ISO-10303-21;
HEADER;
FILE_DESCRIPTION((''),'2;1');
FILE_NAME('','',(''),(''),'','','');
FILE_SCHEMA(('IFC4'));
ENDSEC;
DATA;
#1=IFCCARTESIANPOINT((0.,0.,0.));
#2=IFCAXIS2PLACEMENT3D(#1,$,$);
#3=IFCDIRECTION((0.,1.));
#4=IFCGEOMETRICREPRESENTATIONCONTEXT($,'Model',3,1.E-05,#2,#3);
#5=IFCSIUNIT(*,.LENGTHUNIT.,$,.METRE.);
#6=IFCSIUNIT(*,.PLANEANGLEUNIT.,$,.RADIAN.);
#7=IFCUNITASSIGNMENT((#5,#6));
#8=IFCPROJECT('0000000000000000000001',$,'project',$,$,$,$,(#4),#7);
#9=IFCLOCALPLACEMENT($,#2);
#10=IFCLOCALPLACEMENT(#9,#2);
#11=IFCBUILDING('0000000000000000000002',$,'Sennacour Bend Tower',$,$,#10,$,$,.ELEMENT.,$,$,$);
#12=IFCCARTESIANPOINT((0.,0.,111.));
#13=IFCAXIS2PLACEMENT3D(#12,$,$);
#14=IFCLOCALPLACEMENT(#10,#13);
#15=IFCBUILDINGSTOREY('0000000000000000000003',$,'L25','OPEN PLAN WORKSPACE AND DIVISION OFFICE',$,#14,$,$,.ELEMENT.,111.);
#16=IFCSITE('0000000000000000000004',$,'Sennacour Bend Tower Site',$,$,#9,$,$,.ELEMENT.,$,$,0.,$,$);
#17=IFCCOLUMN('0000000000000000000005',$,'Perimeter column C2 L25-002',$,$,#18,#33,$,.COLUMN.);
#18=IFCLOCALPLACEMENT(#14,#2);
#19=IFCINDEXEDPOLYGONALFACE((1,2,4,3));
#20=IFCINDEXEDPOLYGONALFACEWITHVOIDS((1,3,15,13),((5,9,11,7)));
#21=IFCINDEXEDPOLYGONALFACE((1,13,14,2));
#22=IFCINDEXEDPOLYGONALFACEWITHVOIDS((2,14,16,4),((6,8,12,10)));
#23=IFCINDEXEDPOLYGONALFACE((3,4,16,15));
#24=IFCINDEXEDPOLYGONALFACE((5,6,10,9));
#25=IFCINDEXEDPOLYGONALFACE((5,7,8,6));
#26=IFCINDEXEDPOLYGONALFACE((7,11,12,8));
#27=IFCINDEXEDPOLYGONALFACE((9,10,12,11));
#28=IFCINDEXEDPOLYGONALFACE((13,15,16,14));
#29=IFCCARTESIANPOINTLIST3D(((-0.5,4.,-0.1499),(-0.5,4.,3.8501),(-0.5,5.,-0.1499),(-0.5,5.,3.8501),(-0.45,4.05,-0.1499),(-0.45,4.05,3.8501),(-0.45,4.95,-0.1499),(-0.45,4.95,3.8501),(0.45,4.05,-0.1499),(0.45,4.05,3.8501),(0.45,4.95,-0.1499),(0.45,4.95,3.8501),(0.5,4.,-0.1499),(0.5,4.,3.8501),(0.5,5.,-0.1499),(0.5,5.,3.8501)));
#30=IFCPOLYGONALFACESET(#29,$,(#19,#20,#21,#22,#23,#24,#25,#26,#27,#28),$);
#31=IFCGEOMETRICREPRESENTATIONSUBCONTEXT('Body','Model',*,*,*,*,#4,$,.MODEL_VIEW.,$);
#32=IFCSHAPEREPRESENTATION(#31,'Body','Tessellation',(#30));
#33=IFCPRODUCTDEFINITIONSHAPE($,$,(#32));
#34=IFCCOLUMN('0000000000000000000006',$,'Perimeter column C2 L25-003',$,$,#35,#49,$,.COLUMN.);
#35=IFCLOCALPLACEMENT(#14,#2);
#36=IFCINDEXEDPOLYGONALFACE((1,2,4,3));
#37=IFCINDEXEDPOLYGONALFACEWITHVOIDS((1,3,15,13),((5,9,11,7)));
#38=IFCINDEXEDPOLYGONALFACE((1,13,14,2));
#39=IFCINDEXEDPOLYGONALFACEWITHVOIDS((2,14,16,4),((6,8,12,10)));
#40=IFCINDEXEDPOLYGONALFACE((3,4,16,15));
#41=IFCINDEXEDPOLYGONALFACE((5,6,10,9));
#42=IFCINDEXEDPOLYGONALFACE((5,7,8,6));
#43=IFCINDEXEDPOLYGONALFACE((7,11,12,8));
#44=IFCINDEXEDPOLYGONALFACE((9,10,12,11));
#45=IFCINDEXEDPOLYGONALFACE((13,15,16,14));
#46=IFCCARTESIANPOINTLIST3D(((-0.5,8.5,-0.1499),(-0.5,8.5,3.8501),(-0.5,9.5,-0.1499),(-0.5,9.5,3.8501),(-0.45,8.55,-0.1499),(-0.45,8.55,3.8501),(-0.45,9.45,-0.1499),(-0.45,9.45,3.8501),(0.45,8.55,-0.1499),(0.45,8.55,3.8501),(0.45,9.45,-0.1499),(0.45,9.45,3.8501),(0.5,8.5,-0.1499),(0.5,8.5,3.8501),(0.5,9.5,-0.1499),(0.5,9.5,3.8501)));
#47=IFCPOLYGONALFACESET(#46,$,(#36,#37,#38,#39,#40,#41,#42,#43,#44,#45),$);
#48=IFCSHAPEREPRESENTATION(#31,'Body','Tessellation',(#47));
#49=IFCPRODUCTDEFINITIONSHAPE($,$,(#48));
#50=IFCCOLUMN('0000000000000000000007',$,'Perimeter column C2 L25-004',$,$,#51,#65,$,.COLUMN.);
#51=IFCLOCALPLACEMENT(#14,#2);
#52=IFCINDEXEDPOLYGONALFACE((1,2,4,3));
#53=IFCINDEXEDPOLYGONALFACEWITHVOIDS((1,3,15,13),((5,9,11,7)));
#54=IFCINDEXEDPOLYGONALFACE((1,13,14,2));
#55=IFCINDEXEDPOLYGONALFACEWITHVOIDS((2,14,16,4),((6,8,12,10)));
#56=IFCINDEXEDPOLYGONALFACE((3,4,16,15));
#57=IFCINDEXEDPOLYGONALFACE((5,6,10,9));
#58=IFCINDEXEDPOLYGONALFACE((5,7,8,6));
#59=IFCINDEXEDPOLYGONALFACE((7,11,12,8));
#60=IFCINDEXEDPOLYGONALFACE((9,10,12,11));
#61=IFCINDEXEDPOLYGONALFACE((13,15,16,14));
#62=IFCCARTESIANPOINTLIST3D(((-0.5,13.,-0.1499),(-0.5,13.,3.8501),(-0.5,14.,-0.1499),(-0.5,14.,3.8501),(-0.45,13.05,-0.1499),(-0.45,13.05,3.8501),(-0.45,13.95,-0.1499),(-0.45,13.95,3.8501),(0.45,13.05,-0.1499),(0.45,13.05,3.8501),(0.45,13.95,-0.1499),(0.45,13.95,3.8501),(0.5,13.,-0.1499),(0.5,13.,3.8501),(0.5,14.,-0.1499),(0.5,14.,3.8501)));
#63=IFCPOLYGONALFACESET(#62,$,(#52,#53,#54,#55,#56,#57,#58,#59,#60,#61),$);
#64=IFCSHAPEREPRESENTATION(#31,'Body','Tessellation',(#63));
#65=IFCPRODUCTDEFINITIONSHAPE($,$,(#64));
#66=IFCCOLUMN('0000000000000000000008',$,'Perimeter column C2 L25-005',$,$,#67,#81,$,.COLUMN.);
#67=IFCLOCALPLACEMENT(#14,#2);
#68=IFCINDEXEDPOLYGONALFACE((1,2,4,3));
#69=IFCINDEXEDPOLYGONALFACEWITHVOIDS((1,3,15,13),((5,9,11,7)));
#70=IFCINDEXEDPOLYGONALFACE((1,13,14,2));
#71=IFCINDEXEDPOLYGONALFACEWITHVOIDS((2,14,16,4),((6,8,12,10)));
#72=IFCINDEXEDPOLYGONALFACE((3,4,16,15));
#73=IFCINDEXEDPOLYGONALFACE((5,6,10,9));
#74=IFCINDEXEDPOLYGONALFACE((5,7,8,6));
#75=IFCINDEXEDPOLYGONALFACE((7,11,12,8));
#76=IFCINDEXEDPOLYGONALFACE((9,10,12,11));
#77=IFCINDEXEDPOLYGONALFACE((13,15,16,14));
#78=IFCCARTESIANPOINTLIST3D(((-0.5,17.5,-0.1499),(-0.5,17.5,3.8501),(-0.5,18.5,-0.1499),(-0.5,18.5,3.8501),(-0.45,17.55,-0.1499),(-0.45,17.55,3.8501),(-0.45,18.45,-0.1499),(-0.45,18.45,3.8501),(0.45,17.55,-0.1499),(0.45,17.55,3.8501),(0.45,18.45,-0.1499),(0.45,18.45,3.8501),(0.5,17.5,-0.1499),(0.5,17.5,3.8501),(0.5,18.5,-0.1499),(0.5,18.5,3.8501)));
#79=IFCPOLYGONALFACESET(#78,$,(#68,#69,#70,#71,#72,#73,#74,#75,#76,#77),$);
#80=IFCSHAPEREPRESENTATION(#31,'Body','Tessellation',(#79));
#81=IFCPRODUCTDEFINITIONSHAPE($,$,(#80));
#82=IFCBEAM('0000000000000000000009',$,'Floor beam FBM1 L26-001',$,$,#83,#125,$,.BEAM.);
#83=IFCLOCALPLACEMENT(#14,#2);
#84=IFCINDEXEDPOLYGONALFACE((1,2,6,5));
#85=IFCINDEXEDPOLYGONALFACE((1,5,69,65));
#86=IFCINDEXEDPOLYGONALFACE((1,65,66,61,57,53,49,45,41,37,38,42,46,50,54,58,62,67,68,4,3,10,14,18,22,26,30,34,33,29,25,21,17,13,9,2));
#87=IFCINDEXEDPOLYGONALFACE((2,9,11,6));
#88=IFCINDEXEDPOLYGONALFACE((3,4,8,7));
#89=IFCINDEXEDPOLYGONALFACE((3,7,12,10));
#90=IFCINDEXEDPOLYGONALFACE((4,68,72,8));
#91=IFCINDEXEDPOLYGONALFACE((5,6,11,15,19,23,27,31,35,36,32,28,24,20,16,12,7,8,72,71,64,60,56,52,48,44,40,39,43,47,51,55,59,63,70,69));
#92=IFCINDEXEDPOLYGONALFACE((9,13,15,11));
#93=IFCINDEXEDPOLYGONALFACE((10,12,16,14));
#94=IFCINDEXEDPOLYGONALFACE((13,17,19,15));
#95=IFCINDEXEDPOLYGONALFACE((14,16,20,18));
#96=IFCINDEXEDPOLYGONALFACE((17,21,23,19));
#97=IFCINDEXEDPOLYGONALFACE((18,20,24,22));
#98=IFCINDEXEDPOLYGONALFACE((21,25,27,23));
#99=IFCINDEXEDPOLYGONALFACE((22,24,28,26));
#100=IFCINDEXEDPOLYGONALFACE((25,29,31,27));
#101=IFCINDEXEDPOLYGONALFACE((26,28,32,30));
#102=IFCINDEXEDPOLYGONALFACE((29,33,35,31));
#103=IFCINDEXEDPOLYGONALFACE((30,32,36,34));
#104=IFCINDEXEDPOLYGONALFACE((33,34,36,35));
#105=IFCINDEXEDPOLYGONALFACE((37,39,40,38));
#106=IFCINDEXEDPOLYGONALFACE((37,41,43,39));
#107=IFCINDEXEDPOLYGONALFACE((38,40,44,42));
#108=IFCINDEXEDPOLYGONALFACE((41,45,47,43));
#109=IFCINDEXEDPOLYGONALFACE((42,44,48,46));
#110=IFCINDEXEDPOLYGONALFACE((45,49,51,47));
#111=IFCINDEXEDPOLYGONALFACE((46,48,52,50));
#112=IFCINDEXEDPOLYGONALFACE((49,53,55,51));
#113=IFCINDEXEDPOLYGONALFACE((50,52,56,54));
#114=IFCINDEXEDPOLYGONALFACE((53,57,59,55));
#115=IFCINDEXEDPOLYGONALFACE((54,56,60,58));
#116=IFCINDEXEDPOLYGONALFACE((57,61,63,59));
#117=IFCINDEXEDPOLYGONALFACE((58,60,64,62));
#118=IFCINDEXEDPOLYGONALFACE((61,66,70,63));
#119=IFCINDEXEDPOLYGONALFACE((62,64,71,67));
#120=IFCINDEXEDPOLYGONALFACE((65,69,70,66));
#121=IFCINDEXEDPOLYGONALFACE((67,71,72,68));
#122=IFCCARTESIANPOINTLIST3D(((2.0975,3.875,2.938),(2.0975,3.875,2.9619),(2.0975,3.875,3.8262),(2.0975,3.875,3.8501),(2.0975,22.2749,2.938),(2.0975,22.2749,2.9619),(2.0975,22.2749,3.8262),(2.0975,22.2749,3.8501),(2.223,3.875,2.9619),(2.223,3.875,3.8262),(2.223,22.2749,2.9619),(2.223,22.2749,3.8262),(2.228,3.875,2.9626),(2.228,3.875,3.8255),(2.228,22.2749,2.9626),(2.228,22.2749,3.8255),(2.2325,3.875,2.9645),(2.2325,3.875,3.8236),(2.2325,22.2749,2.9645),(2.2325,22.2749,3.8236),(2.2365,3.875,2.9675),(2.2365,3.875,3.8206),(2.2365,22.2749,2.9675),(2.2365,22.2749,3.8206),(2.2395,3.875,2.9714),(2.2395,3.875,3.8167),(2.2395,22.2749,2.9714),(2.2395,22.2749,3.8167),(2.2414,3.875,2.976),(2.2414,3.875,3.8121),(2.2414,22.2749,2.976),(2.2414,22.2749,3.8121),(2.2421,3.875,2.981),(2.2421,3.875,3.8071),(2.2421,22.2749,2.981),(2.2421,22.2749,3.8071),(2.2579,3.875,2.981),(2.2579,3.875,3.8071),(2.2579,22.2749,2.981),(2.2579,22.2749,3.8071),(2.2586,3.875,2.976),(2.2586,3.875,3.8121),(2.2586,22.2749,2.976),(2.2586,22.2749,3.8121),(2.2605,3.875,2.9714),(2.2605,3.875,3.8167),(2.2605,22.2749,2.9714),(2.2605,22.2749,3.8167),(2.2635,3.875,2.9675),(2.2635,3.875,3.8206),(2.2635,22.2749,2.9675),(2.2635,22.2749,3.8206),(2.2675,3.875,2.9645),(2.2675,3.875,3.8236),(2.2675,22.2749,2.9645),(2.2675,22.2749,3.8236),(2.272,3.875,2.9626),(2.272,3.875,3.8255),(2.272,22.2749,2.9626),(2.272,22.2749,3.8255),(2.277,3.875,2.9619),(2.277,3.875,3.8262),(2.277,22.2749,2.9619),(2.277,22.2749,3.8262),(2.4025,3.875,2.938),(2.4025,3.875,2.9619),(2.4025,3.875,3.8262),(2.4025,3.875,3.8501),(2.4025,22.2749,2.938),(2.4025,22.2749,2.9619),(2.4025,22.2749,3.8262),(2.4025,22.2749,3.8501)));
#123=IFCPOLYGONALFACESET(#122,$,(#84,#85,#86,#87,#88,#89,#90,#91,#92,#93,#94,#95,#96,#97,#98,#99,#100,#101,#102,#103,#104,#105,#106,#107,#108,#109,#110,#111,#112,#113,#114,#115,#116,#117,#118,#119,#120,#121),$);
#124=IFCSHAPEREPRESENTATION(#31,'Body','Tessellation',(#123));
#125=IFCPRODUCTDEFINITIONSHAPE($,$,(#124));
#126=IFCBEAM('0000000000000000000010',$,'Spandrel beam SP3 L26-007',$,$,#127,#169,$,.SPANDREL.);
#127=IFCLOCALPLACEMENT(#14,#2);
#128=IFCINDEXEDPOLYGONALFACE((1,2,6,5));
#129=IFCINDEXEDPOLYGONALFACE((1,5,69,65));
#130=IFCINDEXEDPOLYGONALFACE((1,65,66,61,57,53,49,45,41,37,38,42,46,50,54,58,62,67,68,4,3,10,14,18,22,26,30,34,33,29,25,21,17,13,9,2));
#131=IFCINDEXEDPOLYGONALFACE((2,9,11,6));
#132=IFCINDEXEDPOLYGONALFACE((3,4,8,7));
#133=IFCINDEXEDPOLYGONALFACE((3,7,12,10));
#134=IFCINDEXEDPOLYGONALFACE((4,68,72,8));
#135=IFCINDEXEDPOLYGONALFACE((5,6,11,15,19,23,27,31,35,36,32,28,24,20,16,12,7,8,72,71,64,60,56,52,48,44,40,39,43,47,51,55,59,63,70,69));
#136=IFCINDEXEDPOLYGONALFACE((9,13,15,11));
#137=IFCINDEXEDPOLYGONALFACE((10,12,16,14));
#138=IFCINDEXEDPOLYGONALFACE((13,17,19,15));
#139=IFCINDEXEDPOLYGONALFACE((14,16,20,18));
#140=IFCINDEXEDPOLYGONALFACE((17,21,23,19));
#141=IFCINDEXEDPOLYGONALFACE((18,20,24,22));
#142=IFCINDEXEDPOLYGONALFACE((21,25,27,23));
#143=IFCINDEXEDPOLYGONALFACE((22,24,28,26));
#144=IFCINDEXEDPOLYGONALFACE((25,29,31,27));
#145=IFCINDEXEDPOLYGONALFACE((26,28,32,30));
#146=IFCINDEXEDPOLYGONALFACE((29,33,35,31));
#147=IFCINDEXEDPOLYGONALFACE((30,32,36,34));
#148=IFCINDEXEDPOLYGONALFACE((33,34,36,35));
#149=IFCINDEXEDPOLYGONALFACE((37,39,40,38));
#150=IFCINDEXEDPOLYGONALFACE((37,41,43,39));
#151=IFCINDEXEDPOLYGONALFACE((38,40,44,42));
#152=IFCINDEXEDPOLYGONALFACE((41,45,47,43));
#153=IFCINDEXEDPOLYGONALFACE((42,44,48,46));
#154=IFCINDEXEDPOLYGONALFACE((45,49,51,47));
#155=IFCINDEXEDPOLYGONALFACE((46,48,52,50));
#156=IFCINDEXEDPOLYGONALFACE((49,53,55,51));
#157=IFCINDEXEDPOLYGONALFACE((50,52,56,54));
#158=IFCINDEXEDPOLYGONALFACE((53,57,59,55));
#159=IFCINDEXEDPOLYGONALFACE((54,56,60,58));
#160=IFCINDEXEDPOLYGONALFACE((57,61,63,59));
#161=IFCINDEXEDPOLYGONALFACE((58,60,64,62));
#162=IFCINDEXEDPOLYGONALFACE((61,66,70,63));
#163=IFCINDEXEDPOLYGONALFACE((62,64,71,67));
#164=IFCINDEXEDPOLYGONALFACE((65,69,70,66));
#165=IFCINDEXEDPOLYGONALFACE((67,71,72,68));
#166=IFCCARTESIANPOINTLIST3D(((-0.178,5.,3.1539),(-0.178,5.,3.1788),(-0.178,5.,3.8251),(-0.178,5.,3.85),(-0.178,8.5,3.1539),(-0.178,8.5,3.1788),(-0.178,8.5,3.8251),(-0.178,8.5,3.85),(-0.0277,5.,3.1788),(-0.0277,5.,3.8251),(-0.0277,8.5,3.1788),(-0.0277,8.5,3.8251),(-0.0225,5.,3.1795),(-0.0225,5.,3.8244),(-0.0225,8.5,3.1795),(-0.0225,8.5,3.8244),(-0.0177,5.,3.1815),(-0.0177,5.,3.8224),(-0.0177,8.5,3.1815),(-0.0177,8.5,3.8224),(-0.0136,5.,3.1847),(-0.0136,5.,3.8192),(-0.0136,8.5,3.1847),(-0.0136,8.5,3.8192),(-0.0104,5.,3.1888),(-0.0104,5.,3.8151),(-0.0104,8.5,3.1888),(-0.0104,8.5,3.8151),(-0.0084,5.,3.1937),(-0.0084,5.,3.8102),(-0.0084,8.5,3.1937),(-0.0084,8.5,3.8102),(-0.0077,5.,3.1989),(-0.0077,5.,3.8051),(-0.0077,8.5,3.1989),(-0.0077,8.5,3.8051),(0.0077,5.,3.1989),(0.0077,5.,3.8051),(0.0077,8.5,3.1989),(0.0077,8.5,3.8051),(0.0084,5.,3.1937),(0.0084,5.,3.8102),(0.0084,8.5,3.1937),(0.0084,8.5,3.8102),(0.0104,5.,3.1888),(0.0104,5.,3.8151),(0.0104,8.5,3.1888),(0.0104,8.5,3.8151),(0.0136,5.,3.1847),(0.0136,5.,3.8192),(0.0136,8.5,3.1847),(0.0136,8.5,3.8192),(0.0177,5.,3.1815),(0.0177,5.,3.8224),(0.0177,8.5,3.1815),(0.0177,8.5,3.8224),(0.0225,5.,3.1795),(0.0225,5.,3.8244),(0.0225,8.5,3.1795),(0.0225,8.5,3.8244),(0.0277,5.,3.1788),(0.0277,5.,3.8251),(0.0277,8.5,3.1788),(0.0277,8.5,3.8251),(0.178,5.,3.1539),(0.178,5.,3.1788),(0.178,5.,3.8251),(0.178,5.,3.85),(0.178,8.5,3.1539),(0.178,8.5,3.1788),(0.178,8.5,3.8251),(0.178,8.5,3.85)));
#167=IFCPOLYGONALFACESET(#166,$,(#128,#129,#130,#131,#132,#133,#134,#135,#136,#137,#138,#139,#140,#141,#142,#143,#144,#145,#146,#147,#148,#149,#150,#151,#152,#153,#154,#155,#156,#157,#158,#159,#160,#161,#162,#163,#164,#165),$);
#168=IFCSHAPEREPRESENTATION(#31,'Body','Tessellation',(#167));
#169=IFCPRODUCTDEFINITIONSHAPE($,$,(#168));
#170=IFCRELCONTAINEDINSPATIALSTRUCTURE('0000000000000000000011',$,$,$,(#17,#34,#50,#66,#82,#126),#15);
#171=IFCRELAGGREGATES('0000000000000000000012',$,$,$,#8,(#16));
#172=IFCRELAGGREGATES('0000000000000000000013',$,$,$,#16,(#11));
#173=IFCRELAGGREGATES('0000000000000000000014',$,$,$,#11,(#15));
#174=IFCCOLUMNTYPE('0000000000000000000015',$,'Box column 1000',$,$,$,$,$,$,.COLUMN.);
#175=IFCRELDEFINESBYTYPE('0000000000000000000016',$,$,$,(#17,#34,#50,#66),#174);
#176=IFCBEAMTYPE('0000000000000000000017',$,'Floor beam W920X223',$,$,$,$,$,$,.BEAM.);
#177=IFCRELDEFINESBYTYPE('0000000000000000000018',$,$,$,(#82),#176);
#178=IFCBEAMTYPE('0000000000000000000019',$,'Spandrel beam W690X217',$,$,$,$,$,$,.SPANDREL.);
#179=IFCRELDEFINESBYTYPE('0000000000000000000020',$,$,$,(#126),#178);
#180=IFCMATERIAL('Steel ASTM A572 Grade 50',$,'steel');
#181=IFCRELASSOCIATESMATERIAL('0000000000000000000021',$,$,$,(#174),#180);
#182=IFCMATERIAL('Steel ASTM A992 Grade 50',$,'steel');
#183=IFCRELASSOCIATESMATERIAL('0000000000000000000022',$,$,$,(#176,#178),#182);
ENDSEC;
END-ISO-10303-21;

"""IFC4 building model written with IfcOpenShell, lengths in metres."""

from ifc_helpers import new_model, si_unit, direction, frame, origin, origin_2d, place, context, subcontext, project, spatial, hollow_rectangle, i_section, extrude, material, material_profile, profile_set, type_object, element, save


model = new_model("IFC4")

# Units and contexts
model_context = context("Model", 3, precision=1e-05, world=origin(), true_north=direction((0.0, 1.0)))
body_context = subcontext(model_context, "Body", "Model", "MODEL_VIEW")
ifc_project = project(units=[si_unit("LENGTHUNIT", "METRE"), si_unit("PLANEANGLEUNIT", "RADIAN")], contexts=[model_context])

# Site, building, storey
site_placement = place(None, origin())
site = spatial("IfcSite", under=ifc_project, at=site_placement, Name="Sennacour Bend Tower Site", CompositionType="ELEMENT", RefElevation=0.0)
building_placement = place(site_placement, origin())
building = spatial("IfcBuilding", under=site, at=building_placement, Name="Sennacour Bend Tower", CompositionType="ELEMENT")
storey_placement = place(building_placement, frame((0.0, 0.0, 111.0)))
storey = spatial("IfcBuildingStorey", under=building, at=storey_placement, Name="L25", Description="OPEN PLAN WORKSPACE AND DIVISION OFFICE", CompositionType="ELEMENT", Elevation=111.0)

# Columns
ifc_material_1 = material(Name="Steel ASTM A572 Grade 50", Category="steel")
ifc_material_profile_1 = material_profile(ifc_material_1, hollow_rectangle(XDim=1.0, YDim=1.0, WallThickness=0.05, at=origin_2d()), Name="Steel ASTM A572 Grade 50", Category="steel")
ifc_profile_set_1 = profile_set([ifc_material_profile_1], Name="Steel ASTM A572 Grade 50")
column_type = type_object("IfcColumnType", Name="Box column 1000", PredefinedType="COLUMN", material=ifc_profile_set_1)
for number, where, z_axis, x_axis, name in (
    (1, (0.0, 4.5, -0.1499), (0.0, 0.0, 1.0), (1.0, 0.0, 0.0), "Perimeter column C2 L25-002"),
    (2, (0.0, 9.0, -0.1499), (0.0, 0.0, 1.0), (1.0, 0.0, 0.0), "Perimeter column C2 L25-003"),
    (3, (0.0, 13.5, -0.1499), (0.0, 0.0, 1.0), (1.0, 0.0, 0.0), "Perimeter column C2 L25-004"),
    (4, (0.0, 18.0, -0.1499), (0.0, 0.0, 1.0), (1.0, 0.0, 0.0), "Perimeter column C2 L25-005"),
):
    element("IfcColumn", number, at=place(storey_placement, frame(where, z_axis=z_axis, x_axis=x_axis)), inside=storey, type_object=column_type, Name=name, PredefinedType="COLUMN", context=body_context, shape_type="SweptSolid", body=[
        extrude(hollow_rectangle(XDim=1.0, YDim=1.0, WallThickness=0.05, at=origin_2d()), origin(), (0.0, 0.0, 1.0), 4.0),
    ])

# Beams
ifc_material_2 = material(Name="Steel ASTM A992 Grade 50", Category="steel")
ifc_material_profile_2 = material_profile(ifc_material_2, i_section(OverallWidth=0.3049, OverallDepth=0.9121, WebThickness=0.0159, FlangeThickness=0.0239, FilletRadius=0.019, at=origin_2d()), Name="Steel ASTM A992 Grade 50", Category="steel")
ifc_profile_set_2 = profile_set([ifc_material_profile_2], Name="Steel ASTM A992 Grade 50")
beam_type_1 = type_object("IfcBeamType", Name="Floor beam W920X223", PredefinedType="BEAM", material=ifc_profile_set_2)
beam_placement = place(storey_placement, frame((2.25, 3.875, 3.394), z_axis=(0.0, 1.0, 0.0), x_axis=(-1.0, 0.0, 0.0)))
element("IfcBeam", 5, at=beam_placement, inside=storey, type_object=beam_type_1, Name="Floor beam FBM1 L26-001", PredefinedType="BEAM", context=body_context, shape_type="SweptSolid", body=[
    extrude(i_section(OverallWidth=0.3049, OverallDepth=0.9121, WebThickness=0.0159, FlangeThickness=0.0239, FilletRadius=0.019, at=origin_2d()), origin(), (0.0, 0.0, 1.0), 18.3999),
])
ifc_material_profile_3 = material_profile(ifc_material_2, i_section(OverallWidth=0.356, OverallDepth=0.696, WebThickness=0.0154, FlangeThickness=0.0249, FilletRadius=0.02, at=origin_2d()), Name="Steel ASTM A992 Grade 50", Category="steel")
ifc_profile_set_3 = profile_set([ifc_material_profile_3], Name="Steel ASTM A992 Grade 50")
beam_type_2 = type_object("IfcBeamType", Name="Spandrel beam W690X217", PredefinedType="SPANDREL", material=ifc_profile_set_3)
for number, where, z_axis, x_axis, name in (
    (6, (0.0, 5.0, 3.502), (0.0, 1.0, 0.0), (-1.0, 0.0, 0.0), "Spandrel beam SP3 L26-007"),
):
    element("IfcBeam", number, at=place(storey_placement, frame(where, z_axis=z_axis, x_axis=x_axis)), inside=storey, type_object=beam_type_2, Name=name, PredefinedType="SPANDREL", context=body_context, shape_type="SweptSolid", body=[
        extrude(i_section(OverallWidth=0.356, OverallDepth=0.696, WebThickness=0.0154, FlangeThickness=0.0249, FilletRadius=0.02, at=origin_2d()), origin(), (0.0, 0.0, 1.0), 3.5),
    ])

save(model, "model.ifc")
